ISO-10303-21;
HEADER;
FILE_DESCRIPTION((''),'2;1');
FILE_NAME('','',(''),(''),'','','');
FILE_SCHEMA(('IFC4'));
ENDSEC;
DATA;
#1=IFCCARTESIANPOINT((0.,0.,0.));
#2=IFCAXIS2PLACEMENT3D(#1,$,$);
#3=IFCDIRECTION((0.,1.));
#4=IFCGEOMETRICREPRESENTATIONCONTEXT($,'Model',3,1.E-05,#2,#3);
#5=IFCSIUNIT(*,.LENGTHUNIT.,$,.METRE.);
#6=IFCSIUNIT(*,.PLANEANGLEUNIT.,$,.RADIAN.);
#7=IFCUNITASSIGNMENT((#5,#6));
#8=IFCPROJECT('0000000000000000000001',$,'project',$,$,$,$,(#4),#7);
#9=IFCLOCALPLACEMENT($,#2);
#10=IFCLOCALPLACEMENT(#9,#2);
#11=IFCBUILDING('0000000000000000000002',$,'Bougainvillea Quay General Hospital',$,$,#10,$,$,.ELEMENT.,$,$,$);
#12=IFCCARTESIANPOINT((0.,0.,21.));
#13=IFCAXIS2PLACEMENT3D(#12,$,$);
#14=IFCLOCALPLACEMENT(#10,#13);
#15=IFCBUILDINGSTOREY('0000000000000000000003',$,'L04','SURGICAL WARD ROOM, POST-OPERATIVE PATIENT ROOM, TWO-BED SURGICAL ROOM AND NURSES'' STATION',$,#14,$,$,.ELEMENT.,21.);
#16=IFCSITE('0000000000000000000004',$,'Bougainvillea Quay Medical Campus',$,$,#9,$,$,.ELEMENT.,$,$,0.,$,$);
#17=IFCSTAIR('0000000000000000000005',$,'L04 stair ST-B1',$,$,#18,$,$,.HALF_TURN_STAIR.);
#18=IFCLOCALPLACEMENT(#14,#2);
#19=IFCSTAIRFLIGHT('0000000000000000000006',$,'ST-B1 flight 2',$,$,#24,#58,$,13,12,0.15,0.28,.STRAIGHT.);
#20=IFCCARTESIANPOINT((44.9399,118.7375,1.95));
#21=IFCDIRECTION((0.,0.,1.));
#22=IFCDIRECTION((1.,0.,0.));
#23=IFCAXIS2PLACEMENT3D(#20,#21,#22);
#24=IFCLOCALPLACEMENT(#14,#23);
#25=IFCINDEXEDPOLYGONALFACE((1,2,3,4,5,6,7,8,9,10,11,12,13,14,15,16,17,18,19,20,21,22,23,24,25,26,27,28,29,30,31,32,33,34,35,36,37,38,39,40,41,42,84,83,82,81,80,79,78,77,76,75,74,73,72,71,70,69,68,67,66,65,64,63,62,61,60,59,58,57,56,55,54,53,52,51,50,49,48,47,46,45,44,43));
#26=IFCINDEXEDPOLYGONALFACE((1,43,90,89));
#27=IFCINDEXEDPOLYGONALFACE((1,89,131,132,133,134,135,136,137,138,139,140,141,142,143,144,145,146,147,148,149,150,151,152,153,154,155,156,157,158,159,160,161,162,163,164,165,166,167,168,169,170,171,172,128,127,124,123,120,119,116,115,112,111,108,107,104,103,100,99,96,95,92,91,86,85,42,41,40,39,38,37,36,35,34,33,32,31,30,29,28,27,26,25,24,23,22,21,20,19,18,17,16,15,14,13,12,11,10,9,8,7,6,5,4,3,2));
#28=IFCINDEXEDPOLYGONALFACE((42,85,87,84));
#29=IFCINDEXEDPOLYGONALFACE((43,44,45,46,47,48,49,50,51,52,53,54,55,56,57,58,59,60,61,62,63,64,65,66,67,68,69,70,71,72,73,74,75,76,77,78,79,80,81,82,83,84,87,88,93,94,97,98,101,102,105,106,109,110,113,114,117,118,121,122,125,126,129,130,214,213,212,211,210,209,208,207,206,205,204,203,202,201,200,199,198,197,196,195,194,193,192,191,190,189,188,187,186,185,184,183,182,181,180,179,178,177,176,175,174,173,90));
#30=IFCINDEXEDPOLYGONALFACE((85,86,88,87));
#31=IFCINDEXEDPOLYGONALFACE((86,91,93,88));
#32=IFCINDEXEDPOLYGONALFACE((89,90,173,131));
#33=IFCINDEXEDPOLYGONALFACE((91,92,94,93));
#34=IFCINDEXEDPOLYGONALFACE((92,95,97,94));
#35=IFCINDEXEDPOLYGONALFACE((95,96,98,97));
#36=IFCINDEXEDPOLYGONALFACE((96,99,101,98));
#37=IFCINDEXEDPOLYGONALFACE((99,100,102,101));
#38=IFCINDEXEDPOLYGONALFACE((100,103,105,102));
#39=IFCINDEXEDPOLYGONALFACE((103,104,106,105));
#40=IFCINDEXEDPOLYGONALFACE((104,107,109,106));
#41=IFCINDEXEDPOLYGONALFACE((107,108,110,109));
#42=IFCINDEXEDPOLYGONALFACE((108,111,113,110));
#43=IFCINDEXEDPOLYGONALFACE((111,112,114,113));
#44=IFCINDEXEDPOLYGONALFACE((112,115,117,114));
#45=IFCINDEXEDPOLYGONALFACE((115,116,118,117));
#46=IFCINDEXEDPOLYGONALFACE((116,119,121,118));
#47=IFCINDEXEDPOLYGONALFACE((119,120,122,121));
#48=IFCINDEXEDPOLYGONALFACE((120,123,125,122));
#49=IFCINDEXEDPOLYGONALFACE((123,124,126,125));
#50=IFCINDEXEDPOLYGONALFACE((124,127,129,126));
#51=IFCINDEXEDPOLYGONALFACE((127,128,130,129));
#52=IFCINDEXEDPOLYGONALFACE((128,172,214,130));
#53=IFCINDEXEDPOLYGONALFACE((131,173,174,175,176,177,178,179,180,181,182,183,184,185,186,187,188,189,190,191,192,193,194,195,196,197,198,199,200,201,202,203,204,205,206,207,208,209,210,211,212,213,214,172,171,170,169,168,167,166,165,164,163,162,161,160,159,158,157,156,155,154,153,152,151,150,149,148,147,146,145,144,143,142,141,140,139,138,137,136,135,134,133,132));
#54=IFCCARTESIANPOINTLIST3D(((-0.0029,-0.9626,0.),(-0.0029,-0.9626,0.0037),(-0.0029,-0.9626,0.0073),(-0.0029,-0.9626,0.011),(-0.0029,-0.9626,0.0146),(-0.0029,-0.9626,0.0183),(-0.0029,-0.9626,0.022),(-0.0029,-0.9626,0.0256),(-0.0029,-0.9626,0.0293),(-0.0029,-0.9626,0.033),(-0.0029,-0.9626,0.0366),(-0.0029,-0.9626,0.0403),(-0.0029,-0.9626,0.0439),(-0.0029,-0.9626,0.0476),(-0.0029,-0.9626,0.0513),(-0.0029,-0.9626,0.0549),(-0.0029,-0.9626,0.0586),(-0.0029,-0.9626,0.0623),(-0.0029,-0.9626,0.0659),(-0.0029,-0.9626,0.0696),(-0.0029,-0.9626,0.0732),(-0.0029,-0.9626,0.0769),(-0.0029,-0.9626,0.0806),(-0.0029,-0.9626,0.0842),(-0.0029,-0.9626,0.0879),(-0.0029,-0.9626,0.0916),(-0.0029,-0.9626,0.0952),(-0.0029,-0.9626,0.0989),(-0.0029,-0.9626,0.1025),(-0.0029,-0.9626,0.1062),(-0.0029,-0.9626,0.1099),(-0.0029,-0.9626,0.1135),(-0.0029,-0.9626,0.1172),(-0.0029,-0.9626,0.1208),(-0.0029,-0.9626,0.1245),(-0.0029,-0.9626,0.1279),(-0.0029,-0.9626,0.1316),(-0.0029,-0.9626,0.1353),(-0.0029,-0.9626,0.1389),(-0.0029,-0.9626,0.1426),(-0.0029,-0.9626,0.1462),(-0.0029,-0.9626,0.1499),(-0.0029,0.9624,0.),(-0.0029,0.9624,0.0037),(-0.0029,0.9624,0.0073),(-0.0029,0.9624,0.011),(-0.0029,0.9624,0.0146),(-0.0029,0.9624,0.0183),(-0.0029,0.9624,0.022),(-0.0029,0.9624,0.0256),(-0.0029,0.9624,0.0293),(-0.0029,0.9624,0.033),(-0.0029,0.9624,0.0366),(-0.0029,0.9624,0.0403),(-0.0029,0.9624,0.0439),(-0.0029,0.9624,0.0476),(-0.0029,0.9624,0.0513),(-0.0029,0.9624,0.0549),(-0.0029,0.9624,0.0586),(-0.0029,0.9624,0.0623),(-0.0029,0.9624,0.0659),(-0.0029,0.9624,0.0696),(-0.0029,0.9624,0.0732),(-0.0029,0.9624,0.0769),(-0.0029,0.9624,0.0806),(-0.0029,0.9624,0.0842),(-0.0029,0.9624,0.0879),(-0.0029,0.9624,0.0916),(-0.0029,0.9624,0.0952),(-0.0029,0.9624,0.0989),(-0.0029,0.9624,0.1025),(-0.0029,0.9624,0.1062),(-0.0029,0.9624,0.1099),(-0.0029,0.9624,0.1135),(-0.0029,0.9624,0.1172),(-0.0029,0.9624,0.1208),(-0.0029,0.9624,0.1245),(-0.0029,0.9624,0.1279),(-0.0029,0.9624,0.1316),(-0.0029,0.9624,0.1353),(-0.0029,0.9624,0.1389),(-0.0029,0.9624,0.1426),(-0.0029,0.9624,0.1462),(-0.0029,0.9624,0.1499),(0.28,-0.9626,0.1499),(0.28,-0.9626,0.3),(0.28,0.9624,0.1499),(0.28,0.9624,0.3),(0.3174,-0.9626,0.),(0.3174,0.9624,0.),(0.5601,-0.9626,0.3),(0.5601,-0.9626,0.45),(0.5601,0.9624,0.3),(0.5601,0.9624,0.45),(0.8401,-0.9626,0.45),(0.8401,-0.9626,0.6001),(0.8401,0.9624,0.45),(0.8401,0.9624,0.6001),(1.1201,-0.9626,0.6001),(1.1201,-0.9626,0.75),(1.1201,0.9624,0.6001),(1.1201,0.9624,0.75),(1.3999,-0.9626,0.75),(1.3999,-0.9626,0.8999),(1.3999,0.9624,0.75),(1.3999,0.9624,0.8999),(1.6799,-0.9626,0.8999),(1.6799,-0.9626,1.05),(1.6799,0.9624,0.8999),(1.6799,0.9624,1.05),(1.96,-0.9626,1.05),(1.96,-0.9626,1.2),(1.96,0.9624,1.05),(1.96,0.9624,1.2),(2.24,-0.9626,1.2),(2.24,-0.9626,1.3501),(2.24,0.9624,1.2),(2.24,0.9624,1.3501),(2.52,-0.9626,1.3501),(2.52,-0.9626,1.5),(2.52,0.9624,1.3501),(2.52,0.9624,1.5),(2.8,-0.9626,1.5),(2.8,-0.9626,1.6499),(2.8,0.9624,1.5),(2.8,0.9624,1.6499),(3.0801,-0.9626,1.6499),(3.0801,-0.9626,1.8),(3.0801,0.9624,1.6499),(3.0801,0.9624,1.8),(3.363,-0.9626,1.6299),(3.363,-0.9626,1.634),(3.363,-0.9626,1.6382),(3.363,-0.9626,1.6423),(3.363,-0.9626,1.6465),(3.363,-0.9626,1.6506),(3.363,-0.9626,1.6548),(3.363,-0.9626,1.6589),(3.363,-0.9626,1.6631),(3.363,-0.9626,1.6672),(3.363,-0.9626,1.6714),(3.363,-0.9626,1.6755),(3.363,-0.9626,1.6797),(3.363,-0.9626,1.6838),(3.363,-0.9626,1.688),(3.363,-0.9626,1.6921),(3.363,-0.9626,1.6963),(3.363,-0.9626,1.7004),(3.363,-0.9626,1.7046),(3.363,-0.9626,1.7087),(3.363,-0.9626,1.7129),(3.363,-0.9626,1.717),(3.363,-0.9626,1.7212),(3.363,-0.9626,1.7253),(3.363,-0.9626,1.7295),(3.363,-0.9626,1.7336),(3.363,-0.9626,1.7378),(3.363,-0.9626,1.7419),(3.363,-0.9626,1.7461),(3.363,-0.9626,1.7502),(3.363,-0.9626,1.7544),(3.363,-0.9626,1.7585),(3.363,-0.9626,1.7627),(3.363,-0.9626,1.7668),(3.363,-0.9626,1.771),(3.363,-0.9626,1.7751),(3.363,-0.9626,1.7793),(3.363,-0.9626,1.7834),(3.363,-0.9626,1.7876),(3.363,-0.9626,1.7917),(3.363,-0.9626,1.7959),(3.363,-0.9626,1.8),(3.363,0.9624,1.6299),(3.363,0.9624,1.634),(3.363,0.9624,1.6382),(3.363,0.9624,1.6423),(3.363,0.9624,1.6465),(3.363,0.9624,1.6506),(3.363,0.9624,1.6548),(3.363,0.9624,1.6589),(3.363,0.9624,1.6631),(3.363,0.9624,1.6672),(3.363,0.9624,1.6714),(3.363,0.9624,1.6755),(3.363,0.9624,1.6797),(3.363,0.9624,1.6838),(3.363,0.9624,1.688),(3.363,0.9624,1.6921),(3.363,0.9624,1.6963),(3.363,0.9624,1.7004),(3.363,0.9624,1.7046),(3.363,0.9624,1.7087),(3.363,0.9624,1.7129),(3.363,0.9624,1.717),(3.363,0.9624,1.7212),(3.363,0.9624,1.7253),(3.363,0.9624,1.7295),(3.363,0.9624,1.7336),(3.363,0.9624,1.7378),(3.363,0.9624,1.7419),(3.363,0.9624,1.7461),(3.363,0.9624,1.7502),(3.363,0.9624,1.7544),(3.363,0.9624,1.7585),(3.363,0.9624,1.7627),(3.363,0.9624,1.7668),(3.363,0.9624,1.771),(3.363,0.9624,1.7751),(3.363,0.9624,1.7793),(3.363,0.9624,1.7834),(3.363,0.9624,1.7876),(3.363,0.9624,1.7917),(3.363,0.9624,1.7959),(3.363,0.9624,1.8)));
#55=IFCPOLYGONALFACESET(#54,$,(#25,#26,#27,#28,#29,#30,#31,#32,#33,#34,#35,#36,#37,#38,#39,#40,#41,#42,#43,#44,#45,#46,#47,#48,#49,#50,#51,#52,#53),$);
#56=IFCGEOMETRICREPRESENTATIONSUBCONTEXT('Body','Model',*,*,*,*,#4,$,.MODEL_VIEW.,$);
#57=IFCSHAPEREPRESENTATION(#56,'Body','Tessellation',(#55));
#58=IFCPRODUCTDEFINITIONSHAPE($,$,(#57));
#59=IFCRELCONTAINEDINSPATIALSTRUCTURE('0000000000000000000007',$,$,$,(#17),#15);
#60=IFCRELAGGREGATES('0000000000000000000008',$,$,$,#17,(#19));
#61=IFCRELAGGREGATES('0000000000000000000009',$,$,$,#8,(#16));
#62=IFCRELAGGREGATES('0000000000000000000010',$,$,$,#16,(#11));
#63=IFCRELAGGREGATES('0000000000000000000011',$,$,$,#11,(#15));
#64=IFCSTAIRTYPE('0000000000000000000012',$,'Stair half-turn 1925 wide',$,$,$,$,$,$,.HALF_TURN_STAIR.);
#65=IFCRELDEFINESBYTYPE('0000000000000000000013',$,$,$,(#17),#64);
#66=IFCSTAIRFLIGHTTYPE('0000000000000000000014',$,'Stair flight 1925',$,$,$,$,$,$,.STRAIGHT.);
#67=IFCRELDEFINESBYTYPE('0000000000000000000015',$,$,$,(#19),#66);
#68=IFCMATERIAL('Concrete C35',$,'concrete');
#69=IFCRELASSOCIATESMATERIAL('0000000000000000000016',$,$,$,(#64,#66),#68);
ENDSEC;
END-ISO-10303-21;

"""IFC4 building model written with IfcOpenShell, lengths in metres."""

from ifc_helpers import new_model, si_unit, direction, frame, origin, place, context, subcontext, project, spatial, polyline, outline, extrude, material, type_object, element, aggregate, save


model = new_model("IFC4")

# Units and contexts
model_context = context("Model", 3, precision=1e-05, world=origin(), true_north=direction((0.0, 1.0)))
body_context = subcontext(model_context, "Body", "Model", "MODEL_VIEW")
ifc_project = project(units=[si_unit("LENGTHUNIT", "METRE"), si_unit("PLANEANGLEUNIT", "RADIAN")], contexts=[model_context])

# Site, building, storey
site_placement = place(None, origin())
site = spatial("IfcSite", under=ifc_project, at=site_placement, Name="Bougainvillea Quay Medical Campus", CompositionType="ELEMENT", RefElevation=0.0)
building_placement = place(site_placement, origin())
building = spatial("IfcBuilding", under=site, at=building_placement, Name="Bougainvillea Quay General Hospital", CompositionType="ELEMENT")
storey_placement = place(building_placement, frame((0.0, 0.0, 21.0)))
storey = spatial("IfcBuildingStorey", under=building, at=storey_placement, Name="L04", Description="SURGICAL WARD ROOM, POST-OPERATIVE PATIENT ROOM, TWO-BED SURGICAL ROOM AND NURSES' STATION", CompositionType="ELEMENT", Elevation=21.0)

# Stair, stair flight
ifc_material_1 = material(Name="Concrete C35", Category="concrete")
stair_type = type_object("IfcStairType", Name="Stair half-turn 1925 wide", PredefinedType="HALF_TURN_STAIR", material=ifc_material_1)
stair_placement = place(storey_placement, origin())
stair = element("IfcStair", 1, at=stair_placement, inside=storey, type_object=stair_type, Name="L04 stair ST-B1", PredefinedType="HALF_TURN_STAIR")
stair_flight_type = type_object("IfcStairFlightType", Name="Stair flight 1925", PredefinedType="STRAIGHT", material=ifc_material_1)
stair_flight_1_placement = place(storey_placement, frame((44.9399, 118.7375, 1.95), z_axis=(0.0, 0.0, 1.0), x_axis=(1.0, 0.0, 0.0)))
stair_flight_1 = element("IfcStairFlight", 2, at=stair_flight_1_placement, type_object=stair_flight_type, Name="ST-B1 flight 2", NumberOfRisers=13, NumberOfTreads=12, PredefinedType="STRAIGHT", RiserHeight=0.15, TreadLength=0.28, context=body_context, shape_type="SweptSolid", body=[
    extrude(outline(polyline([(-0.0029, 0.0), (-0.0029, 0.0037), (-0.0029, 0.0073), (-0.0029, 0.011), (-0.0029, 0.0146), (-0.0029, 0.0183), (-0.0029, 0.022), (-0.0029, 0.0256), (-0.0029, 0.0293), (-0.0029, 0.033), (-0.0029, 0.0366), (-0.0029, 0.0403), (-0.0029, 0.0439), (-0.0029, 0.0476), (-0.0029, 0.0513), (-0.0029, 0.0549), (-0.0029, 0.0586), (-0.0029, 0.0623), (-0.0029, 0.0659), (-0.0029, 0.0696), (-0.0029, 0.0732), (-0.0029, 0.0769), (-0.0029, 0.0806), (-0.0029, 0.0842), (-0.0029, 0.0879), (-0.0029, 0.0916), (-0.0029, 0.0952), (-0.0029, 0.0989), (-0.0029, 0.1025), (-0.0029, 0.1062), (-0.0029, 0.1099), (-0.0029, 0.1135), (-0.0029, 0.1172), (-0.0029, 0.1208), (-0.0029, 0.1245), (-0.0029, 0.1279), (-0.0029, 0.1316), (-0.0029, 0.1353), (-0.0029, 0.1389), (-0.0029, 0.1426), (-0.0029, 0.1462), (-0.0029, 0.1499), (0.28, 0.1499), (0.28, 0.3), (0.5601, 0.3), (0.5601, 0.45), (0.8401, 0.45), (0.8401, 0.6001), (1.1201, 0.6001), (1.1201, 0.75), (1.3999, 0.75), (1.3999, 0.8999), (1.6799, 0.8999), (1.6799, 1.05), (1.96, 1.05), (1.96, 1.2), (2.24, 1.2), (2.24, 1.3501), (2.52, 1.3501), (2.52, 1.5), (2.8, 1.5), (2.8, 1.6499), (3.0801, 1.6499), (3.0801, 1.8), (3.363, 1.8), (3.363, 1.7959), (3.363, 1.7917), (3.363, 1.7876), (3.363, 1.7834), (3.363, 1.7793), (3.363, 1.7751), (3.363, 1.771), (3.363, 1.7668), (3.363, 1.7627), (3.363, 1.7585), (3.363, 1.7544), (3.363, 1.7502), (3.363, 1.7461), (3.363, 1.7419), (3.363, 1.7378), (3.363, 1.7336), (3.363, 1.7295), (3.363, 1.7253), (3.363, 1.7212), (3.363, 1.717), (3.363, 1.7129), (3.363, 1.7087), (3.363, 1.7046), (3.363, 1.7004), (3.363, 1.6963), (3.363, 1.6921), (3.363, 1.688), (3.363, 1.6838), (3.363, 1.6797), (3.363, 1.6755), (3.363, 1.6714), (3.363, 1.6672), (3.363, 1.6631), (3.363, 1.6589), (3.363, 1.6548), (3.363, 1.6506), (3.363, 1.6465), (3.363, 1.6423), (3.363, 1.6382), (3.363, 1.634), (3.363, 1.6299), (0.3174, 0.0), (-0.0029, 0.0)])), frame((0.0, 0.9624, 0.0), z_axis=(0.0, -1.0, 0.0), x_axis=(1.0, 0.0, 0.0)), (0.0, 0.0, 1.0), 1.925),
])
aggregate(stair, [stair_flight_1])

save(model, "model.ifc")
